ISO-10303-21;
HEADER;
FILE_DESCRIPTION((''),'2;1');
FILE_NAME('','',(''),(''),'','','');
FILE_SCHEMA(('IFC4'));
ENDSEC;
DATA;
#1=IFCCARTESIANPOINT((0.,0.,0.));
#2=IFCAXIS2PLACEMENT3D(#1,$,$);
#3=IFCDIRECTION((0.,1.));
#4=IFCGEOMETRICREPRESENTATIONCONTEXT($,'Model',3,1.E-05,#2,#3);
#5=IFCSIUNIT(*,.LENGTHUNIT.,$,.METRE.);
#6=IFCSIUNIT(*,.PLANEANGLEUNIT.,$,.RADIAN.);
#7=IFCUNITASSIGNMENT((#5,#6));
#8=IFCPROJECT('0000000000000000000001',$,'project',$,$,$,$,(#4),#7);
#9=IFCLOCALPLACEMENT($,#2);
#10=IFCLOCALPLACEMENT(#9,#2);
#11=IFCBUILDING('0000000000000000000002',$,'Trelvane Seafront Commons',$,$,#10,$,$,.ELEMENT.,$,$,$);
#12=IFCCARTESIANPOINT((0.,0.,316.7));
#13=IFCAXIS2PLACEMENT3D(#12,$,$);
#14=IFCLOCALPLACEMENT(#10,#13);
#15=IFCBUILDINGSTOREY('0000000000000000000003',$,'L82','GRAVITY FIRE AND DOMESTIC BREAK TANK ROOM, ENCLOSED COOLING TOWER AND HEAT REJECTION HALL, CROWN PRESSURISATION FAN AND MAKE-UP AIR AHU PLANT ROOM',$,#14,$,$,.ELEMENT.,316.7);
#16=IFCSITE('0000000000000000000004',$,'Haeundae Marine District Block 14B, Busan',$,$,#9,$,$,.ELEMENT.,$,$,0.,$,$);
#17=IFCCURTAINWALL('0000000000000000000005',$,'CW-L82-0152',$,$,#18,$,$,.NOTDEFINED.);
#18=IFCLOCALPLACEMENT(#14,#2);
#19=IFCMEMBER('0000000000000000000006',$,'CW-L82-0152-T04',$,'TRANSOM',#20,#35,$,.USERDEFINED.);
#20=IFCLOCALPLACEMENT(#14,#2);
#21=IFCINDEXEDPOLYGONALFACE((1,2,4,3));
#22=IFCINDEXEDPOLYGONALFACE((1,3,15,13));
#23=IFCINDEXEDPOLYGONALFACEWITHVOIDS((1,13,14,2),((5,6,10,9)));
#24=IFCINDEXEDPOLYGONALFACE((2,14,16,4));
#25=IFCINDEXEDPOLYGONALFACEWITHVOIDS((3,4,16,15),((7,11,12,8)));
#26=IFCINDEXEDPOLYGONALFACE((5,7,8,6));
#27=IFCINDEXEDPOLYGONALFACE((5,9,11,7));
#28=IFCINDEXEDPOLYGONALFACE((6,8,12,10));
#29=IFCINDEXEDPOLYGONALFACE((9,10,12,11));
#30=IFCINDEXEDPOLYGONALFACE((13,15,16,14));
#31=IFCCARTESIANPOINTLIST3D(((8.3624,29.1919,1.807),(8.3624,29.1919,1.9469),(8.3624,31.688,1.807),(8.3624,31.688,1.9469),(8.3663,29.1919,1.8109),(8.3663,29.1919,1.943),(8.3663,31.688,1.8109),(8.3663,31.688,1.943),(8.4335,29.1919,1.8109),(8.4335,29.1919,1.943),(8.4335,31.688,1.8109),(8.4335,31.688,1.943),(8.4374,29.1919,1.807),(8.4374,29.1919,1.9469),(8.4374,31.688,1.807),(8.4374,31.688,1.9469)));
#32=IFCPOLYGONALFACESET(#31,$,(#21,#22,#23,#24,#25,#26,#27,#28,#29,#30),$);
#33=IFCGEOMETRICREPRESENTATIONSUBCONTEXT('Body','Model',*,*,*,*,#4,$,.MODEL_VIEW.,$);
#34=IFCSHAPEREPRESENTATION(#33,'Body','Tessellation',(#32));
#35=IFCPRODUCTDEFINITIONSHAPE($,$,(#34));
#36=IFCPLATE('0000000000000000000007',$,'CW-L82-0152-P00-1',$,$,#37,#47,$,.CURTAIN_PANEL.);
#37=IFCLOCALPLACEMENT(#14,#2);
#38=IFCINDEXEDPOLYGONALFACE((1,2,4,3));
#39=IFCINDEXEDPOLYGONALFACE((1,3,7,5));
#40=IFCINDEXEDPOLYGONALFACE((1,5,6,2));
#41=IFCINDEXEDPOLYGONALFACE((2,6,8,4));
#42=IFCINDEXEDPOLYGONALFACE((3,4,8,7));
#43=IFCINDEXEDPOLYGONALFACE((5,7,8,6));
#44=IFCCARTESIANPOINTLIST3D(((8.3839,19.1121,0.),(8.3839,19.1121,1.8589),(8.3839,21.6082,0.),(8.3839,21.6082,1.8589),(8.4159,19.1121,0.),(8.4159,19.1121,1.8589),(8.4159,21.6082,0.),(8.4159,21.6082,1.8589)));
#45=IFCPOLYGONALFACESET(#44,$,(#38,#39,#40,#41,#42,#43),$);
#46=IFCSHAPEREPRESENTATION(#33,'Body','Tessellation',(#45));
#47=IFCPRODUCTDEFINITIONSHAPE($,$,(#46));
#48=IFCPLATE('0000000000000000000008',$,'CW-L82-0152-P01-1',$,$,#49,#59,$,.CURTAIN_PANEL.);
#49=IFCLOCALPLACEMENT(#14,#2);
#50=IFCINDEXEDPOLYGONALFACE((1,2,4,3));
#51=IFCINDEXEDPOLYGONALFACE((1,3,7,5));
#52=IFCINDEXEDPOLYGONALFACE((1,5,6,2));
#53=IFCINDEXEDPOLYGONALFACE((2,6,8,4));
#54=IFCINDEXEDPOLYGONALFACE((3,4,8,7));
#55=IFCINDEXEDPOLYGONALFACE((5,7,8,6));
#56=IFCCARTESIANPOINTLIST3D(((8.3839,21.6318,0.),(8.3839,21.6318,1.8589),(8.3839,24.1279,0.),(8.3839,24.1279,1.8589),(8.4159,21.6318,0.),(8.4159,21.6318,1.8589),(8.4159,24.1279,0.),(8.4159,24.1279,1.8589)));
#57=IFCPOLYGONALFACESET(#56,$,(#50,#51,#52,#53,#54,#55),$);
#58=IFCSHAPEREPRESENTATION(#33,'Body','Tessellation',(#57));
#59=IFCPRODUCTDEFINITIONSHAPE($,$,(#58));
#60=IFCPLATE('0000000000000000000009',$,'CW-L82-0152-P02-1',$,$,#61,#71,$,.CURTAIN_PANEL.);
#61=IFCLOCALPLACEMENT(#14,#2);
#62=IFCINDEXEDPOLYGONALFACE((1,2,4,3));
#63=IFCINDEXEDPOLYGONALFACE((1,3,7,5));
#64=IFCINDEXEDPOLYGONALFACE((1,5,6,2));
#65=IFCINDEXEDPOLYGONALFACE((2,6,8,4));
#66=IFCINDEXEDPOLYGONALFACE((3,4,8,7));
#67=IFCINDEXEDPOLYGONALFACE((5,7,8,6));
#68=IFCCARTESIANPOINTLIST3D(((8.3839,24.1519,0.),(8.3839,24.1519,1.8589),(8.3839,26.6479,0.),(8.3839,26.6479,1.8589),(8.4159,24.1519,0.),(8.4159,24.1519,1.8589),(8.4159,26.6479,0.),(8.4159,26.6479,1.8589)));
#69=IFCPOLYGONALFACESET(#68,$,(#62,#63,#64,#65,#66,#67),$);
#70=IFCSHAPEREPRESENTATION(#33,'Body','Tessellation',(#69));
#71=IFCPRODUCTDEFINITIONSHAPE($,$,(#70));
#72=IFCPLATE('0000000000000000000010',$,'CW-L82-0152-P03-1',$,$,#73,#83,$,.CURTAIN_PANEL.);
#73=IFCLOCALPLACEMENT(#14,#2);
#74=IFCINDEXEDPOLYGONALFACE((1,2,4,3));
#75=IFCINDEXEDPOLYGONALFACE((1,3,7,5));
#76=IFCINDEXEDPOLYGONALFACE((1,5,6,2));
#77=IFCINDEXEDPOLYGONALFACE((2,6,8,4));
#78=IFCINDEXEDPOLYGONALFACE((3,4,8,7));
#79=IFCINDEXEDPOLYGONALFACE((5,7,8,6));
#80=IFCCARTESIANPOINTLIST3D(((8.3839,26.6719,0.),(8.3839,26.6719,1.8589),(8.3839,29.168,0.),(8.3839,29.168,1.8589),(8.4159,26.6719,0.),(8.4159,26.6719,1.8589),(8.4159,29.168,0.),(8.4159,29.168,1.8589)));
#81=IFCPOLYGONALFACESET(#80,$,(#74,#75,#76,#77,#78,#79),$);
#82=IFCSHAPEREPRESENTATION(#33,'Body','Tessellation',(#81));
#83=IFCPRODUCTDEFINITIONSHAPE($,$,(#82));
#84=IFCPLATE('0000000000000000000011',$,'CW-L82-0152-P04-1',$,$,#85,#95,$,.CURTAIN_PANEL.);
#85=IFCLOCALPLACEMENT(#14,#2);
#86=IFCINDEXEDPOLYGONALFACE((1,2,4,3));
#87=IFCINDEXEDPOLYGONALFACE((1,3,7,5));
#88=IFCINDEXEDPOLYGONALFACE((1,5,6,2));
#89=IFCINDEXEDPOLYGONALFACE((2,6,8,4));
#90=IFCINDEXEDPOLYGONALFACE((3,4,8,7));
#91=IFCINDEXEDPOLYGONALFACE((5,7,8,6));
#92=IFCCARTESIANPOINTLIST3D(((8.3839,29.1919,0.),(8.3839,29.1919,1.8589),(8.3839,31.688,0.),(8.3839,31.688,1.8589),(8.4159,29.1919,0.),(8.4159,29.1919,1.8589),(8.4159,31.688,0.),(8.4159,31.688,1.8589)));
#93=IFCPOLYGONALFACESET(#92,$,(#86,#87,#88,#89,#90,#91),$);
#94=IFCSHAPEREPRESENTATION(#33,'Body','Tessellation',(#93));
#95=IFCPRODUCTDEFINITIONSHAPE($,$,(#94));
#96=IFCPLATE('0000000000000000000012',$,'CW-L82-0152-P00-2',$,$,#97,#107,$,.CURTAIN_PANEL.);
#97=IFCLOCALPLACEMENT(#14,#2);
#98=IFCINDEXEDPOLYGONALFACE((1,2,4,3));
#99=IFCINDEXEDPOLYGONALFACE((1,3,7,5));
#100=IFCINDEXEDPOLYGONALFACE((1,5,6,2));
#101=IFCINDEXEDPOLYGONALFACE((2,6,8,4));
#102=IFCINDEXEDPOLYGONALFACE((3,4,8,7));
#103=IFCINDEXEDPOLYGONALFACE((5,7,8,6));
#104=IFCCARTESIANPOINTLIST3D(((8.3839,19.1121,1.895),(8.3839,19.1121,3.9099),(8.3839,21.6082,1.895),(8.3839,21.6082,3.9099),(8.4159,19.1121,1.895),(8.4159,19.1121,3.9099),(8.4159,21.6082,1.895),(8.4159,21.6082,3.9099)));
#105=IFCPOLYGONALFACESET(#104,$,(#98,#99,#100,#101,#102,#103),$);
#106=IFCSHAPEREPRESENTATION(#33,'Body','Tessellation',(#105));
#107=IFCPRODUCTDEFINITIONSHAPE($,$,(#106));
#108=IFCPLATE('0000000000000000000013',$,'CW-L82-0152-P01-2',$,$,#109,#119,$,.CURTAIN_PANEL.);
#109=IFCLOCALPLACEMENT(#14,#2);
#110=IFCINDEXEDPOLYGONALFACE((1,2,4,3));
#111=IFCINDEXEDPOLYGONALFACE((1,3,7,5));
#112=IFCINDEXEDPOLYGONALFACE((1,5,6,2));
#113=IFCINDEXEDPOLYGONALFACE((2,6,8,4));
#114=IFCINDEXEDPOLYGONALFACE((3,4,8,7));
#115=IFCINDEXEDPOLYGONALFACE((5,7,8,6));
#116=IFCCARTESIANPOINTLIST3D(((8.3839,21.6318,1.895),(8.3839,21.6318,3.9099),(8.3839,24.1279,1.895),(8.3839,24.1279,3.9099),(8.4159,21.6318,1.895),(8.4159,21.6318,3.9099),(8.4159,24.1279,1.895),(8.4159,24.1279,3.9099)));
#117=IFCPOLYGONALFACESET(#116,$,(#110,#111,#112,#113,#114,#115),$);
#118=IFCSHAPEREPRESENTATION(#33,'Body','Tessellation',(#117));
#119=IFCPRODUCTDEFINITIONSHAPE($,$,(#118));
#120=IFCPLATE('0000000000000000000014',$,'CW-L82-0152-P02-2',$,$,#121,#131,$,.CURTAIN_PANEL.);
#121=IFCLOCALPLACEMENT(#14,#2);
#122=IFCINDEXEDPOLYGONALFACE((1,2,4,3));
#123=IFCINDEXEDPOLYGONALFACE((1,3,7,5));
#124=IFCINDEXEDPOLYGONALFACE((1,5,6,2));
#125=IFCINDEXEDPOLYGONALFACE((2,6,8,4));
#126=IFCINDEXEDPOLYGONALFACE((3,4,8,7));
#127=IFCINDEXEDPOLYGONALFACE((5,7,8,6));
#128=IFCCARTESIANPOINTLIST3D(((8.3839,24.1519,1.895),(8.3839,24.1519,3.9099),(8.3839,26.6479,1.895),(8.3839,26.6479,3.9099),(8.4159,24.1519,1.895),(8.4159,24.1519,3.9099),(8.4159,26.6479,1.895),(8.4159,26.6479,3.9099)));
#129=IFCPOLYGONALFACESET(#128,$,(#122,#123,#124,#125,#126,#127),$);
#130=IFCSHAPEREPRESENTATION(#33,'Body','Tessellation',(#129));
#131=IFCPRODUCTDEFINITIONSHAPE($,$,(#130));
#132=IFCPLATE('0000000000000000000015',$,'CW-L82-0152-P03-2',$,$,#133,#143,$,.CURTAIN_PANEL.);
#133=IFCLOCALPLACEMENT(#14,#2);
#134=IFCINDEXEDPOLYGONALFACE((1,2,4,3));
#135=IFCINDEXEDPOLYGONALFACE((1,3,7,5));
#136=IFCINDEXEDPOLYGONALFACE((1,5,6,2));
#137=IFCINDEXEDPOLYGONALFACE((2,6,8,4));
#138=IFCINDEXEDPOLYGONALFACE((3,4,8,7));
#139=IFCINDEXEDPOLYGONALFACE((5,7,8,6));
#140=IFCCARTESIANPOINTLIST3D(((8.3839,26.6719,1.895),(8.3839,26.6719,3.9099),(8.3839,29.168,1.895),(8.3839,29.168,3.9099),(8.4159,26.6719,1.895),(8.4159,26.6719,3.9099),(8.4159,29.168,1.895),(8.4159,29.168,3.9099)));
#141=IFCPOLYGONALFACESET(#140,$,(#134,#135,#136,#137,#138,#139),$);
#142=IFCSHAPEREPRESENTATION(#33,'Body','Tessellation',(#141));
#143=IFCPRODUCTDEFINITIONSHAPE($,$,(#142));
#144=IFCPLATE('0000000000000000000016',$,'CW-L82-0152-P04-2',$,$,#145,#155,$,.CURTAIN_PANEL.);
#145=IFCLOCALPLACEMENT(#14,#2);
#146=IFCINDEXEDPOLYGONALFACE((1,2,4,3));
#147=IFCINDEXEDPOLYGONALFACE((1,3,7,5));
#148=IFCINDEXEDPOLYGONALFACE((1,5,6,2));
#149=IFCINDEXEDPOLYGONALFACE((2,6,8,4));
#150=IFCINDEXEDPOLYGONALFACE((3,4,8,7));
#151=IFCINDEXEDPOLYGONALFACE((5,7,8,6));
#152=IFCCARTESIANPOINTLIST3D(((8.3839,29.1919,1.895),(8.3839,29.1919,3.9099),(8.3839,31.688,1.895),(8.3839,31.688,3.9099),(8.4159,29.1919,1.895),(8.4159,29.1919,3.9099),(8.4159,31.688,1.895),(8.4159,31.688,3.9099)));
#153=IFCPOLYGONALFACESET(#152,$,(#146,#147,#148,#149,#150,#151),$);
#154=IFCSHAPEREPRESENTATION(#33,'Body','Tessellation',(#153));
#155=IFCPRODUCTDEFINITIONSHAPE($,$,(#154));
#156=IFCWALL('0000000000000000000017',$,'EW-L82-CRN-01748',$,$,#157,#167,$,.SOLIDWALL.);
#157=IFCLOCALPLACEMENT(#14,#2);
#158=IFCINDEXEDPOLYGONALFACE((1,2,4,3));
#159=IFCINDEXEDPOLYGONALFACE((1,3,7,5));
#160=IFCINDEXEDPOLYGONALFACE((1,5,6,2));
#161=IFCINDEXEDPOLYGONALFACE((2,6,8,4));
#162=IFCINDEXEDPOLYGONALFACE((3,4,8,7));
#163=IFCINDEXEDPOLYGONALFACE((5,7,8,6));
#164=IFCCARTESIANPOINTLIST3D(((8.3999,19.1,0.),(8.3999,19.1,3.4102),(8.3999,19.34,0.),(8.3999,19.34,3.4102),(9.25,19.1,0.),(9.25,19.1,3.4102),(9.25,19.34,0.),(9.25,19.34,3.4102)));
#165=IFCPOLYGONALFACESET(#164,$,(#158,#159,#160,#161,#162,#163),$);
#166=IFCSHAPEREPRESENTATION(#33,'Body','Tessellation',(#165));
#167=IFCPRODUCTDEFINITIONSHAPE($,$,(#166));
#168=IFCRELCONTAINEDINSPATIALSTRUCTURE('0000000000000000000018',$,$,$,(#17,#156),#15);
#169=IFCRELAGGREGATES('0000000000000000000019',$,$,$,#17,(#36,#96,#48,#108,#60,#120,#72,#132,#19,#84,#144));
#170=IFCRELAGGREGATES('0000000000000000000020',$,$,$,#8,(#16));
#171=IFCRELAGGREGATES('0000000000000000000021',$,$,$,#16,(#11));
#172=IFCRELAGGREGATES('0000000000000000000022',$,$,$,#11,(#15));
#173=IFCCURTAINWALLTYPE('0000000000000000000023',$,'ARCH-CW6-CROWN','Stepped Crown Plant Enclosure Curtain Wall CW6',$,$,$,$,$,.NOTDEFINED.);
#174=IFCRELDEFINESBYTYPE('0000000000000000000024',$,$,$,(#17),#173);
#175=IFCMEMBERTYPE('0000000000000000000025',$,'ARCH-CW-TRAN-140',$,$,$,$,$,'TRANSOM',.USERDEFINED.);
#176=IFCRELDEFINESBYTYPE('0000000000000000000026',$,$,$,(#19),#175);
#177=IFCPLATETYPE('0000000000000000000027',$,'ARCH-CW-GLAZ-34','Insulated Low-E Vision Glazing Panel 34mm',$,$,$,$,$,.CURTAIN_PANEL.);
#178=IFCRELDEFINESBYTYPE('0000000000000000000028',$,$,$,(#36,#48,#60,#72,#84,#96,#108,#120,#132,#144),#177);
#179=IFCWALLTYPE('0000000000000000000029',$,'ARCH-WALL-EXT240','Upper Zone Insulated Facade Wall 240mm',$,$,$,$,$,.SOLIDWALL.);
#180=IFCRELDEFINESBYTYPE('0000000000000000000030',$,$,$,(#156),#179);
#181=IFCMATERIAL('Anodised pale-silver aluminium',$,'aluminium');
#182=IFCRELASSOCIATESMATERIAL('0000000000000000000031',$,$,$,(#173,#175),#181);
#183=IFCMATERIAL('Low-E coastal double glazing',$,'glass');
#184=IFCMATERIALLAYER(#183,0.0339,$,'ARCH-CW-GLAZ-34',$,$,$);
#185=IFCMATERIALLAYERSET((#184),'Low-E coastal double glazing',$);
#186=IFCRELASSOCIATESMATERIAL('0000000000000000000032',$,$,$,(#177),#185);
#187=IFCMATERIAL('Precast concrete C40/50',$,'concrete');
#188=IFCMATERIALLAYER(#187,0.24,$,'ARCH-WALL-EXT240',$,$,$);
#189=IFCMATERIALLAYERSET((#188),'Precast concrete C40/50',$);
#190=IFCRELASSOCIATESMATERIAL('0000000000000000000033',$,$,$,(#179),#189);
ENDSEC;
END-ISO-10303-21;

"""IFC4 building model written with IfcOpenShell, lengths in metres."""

from ifc_helpers import new_model, si_unit, direction, frame, frame_2d, origin, origin_2d, place, context, subcontext, project, spatial, rectangle, hollow_rectangle, extrude, source, transform, mapped, material, layer, layer_set, material_profile, profile_set, type_object, element, aggregate, save


model = new_model("IFC4")

# Units and contexts
model_context = context("Model", 3, precision=1e-05, world=origin(), true_north=direction((0.0, 1.0)))
body_context = subcontext(model_context, "Body", "Model", "MODEL_VIEW")
ifc_project = project(units=[si_unit("LENGTHUNIT", "METRE"), si_unit("PLANEANGLEUNIT", "RADIAN")], contexts=[model_context])

# Site, building, storey
site_placement = place(None, origin())
site = spatial("IfcSite", under=ifc_project, at=site_placement, Name="Haeundae Marine District Block 14B, Busan", CompositionType="ELEMENT", RefElevation=0.0)
building_placement = place(site_placement, origin())
building = spatial("IfcBuilding", under=site, at=building_placement, Name="Trelvane Seafront Commons", CompositionType="ELEMENT")
storey_placement = place(building_placement, frame((0.0, 0.0, 316.7)))
storey = spatial("IfcBuildingStorey", under=building, at=storey_placement, Name="L82", Description="GRAVITY FIRE AND DOMESTIC BREAK TANK ROOM, ENCLOSED COOLING TOWER AND HEAT REJECTION HALL, CROWN PRESSURISATION FAN AND MAKE-UP AIR AHU PLANT ROOM", CompositionType="ELEMENT", Elevation=316.7)

# Curtain wall, member, plates
ifc_material_1 = material(Name="Anodised pale-silver aluminium", Category="aluminium")
curtain_wall_type = type_object("IfcCurtainWallType", Name="ARCH-CW6-CROWN", Description="Stepped Crown Plant Enclosure Curtain Wall CW6", PredefinedType="NOTDEFINED", material=ifc_material_1)
curtain_wall_placement = place(storey_placement, origin())
curtain_wall = element("IfcCurtainWall", 1, at=curtain_wall_placement, inside=storey, type_object=curtain_wall_type, Name="CW-L82-0152", PredefinedType="NOTDEFINED")
ifc_material_profile_1 = material_profile(ifc_material_1, hollow_rectangle(XDim=0.075, YDim=0.1399, WallThickness=0.0039, at=origin_2d()), Name="TRAN-75x140x4")
ifc_profile_set_1 = profile_set([ifc_material_profile_1], Name="Anodised pale-silver aluminium")
member_type_1 = type_object("IfcMemberType", Name="ARCH-CW-TRAN-140", ElementType="TRANSOM", PredefinedType="USERDEFINED", material=ifc_profile_set_1)
shared_shape_1 = source(origin(), body_context, "Body", "SweptSolid", [
    extrude(hollow_rectangle(XDim=0.075, YDim=0.1399, WallThickness=0.0039, at=origin_2d()), origin(), (0.0, 0.0, 1.0), 2.4961),
])
member_1_placement = place(storey_placement, frame((8.3999, 29.1919, 1.877), z_axis=(0.0, 1.0, 0.0), x_axis=(-1.0, 0.0, 0.0)))
member_1 = element("IfcMember", 2, at=member_1_placement, type_object=member_type_1, Name="CW-L82-0152-T04", ObjectType="TRANSOM", PredefinedType="USERDEFINED", context=body_context, shape_type="MappedRepresentation", body=[
    mapped(shared_shape_1, transform((0.0, 0.0, 0.0), x_axis=(1.0, 0.0, 0.0), y_axis=(0.0, 1.0, 0.0), z_axis=(0.0, 0.0, 1.0), scale=1.0)),
])
ifc_material_2 = material(Name="Low-E coastal double glazing", Category="glass")
ifc_layer_1 = layer(ifc_material_2, 0.0339, Name="ARCH-CW-GLAZ-34")
ifc_layer_set_1 = layer_set([ifc_layer_1], Name="Low-E coastal double glazing")
plate_type = type_object("IfcPlateType", Name="ARCH-CW-GLAZ-34", Description="Insulated Low-E Vision Glazing Panel 34mm", PredefinedType="CURTAIN_PANEL", material=ifc_layer_set_1)
shared_shape_2 = source(origin(), body_context, "Body", "SweptSolid", [
    extrude(rectangle(XDim=2.4961, YDim=0.032, at=origin_2d()), origin(), (0.0, 0.0, 1.0), 1.8589),
])
plate_1_placement = place(storey_placement, frame((8.3999, 20.3601, 0.0), z_axis=(0.0, 0.0, 1.0), x_axis=(0.0, 1.0, 0.0)))
plate_1 = element("IfcPlate", 3, at=plate_1_placement, type_object=plate_type, Name="CW-L82-0152-P00-1", PredefinedType="CURTAIN_PANEL", context=body_context, shape_type="MappedRepresentation", body=[
    mapped(shared_shape_2, transform((0.0, 0.0, 0.0), x_axis=(1.0, 0.0, 0.0), y_axis=(0.0, 1.0, 0.0), z_axis=(0.0, 0.0, 1.0), scale=1.0)),
])
plate_2_placement = place(storey_placement, frame((8.3999, 22.8799, 0.0), z_axis=(0.0, 0.0, 1.0), x_axis=(0.0, 1.0, 0.0)))
plate_2 = element("IfcPlate", 4, at=plate_2_placement, type_object=plate_type, Name="CW-L82-0152-P01-1", PredefinedType="CURTAIN_PANEL", context=body_context, shape_type="MappedRepresentation", body=[
    mapped(shared_shape_2, transform((0.0, 0.0, 0.0), x_axis=(1.0, 0.0, 0.0), y_axis=(0.0, 1.0, 0.0), z_axis=(0.0, 0.0, 1.0), scale=1.0)),
])
plate_3_placement = place(storey_placement, frame((8.3999, 25.3999, 0.0), z_axis=(0.0, 0.0, 1.0), x_axis=(0.0, 1.0, 0.0)))
plate_3 = element("IfcPlate", 5, at=plate_3_placement, type_object=plate_type, Name="CW-L82-0152-P02-1", PredefinedType="CURTAIN_PANEL", context=body_context, shape_type="MappedRepresentation", body=[
    mapped(shared_shape_2, transform((0.0, 0.0, 0.0), x_axis=(1.0, 0.0, 0.0), y_axis=(0.0, 1.0, 0.0), z_axis=(0.0, 0.0, 1.0), scale=1.0)),
])
plate_4_placement = place(storey_placement, frame((8.3999, 27.9199, 0.0), z_axis=(0.0, 0.0, 1.0), x_axis=(0.0, 1.0, 0.0)))
plate_4 = element("IfcPlate", 6, at=plate_4_placement, type_object=plate_type, Name="CW-L82-0152-P03-1", PredefinedType="CURTAIN_PANEL", context=body_context, shape_type="MappedRepresentation", body=[
    mapped(shared_shape_2, transform((0.0, 0.0, 0.0), x_axis=(1.0, 0.0, 0.0), y_axis=(0.0, 1.0, 0.0), z_axis=(0.0, 0.0, 1.0), scale=1.0)),
])
plate_5_placement = place(storey_placement, frame((8.3999, 30.4399, 0.0), z_axis=(0.0, 0.0, 1.0), x_axis=(0.0, 1.0, 0.0)))
plate_5 = element("IfcPlate", 7, at=plate_5_placement, type_object=plate_type, Name="CW-L82-0152-P04-1", PredefinedType="CURTAIN_PANEL", context=body_context, shape_type="MappedRepresentation", body=[
    mapped(shared_shape_2, transform((0.0, 0.0, 0.0), x_axis=(1.0, 0.0, 0.0), y_axis=(0.0, 1.0, 0.0), z_axis=(0.0, 0.0, 1.0), scale=1.0)),
])
shared_shape_3 = source(origin(), body_context, "Body", "SweptSolid", [
    extrude(rectangle(XDim=2.4961, YDim=0.032, at=origin_2d()), origin(), (0.0, 0.0, 1.0), 2.0149),
])
plate_6_placement = place(storey_placement, frame((8.3999, 20.3601, 1.895), z_axis=(0.0, 0.0, 1.0), x_axis=(0.0, 1.0, 0.0)))
plate_6 = element("IfcPlate", 8, at=plate_6_placement, type_object=plate_type, Name="CW-L82-0152-P00-2", PredefinedType="CURTAIN_PANEL", context=body_context, shape_type="MappedRepresentation", body=[
    mapped(shared_shape_3, transform((0.0, 0.0, 0.0), x_axis=(1.0, 0.0, 0.0), y_axis=(0.0, 1.0, 0.0), z_axis=(0.0, 0.0, 1.0), scale=1.0)),
])
plate_7_placement = place(storey_placement, frame((8.3999, 22.8799, 1.895), z_axis=(0.0, 0.0, 1.0), x_axis=(0.0, 1.0, 0.0)))
plate_7 = element("IfcPlate", 9, at=plate_7_placement, type_object=plate_type, Name="CW-L82-0152-P01-2", PredefinedType="CURTAIN_PANEL", context=body_context, shape_type="MappedRepresentation", body=[
    mapped(shared_shape_3, transform((0.0, 0.0, 0.0), x_axis=(1.0, 0.0, 0.0), y_axis=(0.0, 1.0, 0.0), z_axis=(0.0, 0.0, 1.0), scale=1.0)),
])
plate_8_placement = place(storey_placement, frame((8.3999, 25.3999, 1.895), z_axis=(0.0, 0.0, 1.0), x_axis=(0.0, 1.0, 0.0)))
plate_8 = element("IfcPlate", 10, at=plate_8_placement, type_object=plate_type, Name="CW-L82-0152-P02-2", PredefinedType="CURTAIN_PANEL", context=body_context, shape_type="MappedRepresentation", body=[
    mapped(shared_shape_3, transform((0.0, 0.0, 0.0), x_axis=(1.0, 0.0, 0.0), y_axis=(0.0, 1.0, 0.0), z_axis=(0.0, 0.0, 1.0), scale=1.0)),
])
plate_9_placement = place(storey_placement, frame((8.3999, 27.9199, 1.895), z_axis=(0.0, 0.0, 1.0), x_axis=(0.0, 1.0, 0.0)))
plate_9 = element("IfcPlate", 11, at=plate_9_placement, type_object=plate_type, Name="CW-L82-0152-P03-2", PredefinedType="CURTAIN_PANEL", context=body_context, shape_type="MappedRepresentation", body=[
    mapped(shared_shape_3, transform((0.0, 0.0, 0.0), x_axis=(1.0, 0.0, 0.0), y_axis=(0.0, 1.0, 0.0), z_axis=(0.0, 0.0, 1.0), scale=1.0)),
])
plate_10_placement = place(storey_placement, frame((8.3999, 30.4399, 1.895), z_axis=(0.0, 0.0, 1.0), x_axis=(0.0, 1.0, 0.0)))
plate_10 = element("IfcPlate", 12, at=plate_10_placement, type_object=plate_type, Name="CW-L82-0152-P04-2", PredefinedType="CURTAIN_PANEL", context=body_context, shape_type="MappedRepresentation", body=[
    mapped(shared_shape_3, transform((0.0, 0.0, 0.0), x_axis=(1.0, 0.0, 0.0), y_axis=(0.0, 1.0, 0.0), z_axis=(0.0, 0.0, 1.0), scale=1.0)),
])
aggregate(curtain_wall, [plate_1, plate_6, plate_2, plate_7, plate_3, plate_8, plate_4, plate_9, member_1, plate_5, plate_10])

# Wall
ifc_material_3 = material(Name="Precast concrete C40/50", Category="concrete")
ifc_layer_2 = layer(ifc_material_3, 0.24, Name="ARCH-WALL-EXT240")
ifc_layer_set_2 = layer_set([ifc_layer_2], Name="Precast concrete C40/50")
wall_type_1 = type_object("IfcWallType", Name="ARCH-WALL-EXT240", Description="Upper Zone Insulated Facade Wall 240mm", PredefinedType="SOLIDWALL", material=ifc_layer_set_2)
wall_1_placement = place(storey_placement, frame((9.25, 19.22, 0.0), z_axis=(0.0, 0.0, 1.0), x_axis=(-1.0, 0.0, 0.0)))
element("IfcWall", 13, at=wall_1_placement, inside=storey, type_object=wall_type_1, Name="EW-L82-CRN-01748", PredefinedType="SOLIDWALL", context=body_context, shape_type="SweptSolid", body=[
    extrude(rectangle(XDim=0.8501, YDim=0.24, at=frame_2d((0.425, 0.0))), origin(), (0.0, 0.0, 1.0), 3.4102),
])

save(model, "model.ifc")
